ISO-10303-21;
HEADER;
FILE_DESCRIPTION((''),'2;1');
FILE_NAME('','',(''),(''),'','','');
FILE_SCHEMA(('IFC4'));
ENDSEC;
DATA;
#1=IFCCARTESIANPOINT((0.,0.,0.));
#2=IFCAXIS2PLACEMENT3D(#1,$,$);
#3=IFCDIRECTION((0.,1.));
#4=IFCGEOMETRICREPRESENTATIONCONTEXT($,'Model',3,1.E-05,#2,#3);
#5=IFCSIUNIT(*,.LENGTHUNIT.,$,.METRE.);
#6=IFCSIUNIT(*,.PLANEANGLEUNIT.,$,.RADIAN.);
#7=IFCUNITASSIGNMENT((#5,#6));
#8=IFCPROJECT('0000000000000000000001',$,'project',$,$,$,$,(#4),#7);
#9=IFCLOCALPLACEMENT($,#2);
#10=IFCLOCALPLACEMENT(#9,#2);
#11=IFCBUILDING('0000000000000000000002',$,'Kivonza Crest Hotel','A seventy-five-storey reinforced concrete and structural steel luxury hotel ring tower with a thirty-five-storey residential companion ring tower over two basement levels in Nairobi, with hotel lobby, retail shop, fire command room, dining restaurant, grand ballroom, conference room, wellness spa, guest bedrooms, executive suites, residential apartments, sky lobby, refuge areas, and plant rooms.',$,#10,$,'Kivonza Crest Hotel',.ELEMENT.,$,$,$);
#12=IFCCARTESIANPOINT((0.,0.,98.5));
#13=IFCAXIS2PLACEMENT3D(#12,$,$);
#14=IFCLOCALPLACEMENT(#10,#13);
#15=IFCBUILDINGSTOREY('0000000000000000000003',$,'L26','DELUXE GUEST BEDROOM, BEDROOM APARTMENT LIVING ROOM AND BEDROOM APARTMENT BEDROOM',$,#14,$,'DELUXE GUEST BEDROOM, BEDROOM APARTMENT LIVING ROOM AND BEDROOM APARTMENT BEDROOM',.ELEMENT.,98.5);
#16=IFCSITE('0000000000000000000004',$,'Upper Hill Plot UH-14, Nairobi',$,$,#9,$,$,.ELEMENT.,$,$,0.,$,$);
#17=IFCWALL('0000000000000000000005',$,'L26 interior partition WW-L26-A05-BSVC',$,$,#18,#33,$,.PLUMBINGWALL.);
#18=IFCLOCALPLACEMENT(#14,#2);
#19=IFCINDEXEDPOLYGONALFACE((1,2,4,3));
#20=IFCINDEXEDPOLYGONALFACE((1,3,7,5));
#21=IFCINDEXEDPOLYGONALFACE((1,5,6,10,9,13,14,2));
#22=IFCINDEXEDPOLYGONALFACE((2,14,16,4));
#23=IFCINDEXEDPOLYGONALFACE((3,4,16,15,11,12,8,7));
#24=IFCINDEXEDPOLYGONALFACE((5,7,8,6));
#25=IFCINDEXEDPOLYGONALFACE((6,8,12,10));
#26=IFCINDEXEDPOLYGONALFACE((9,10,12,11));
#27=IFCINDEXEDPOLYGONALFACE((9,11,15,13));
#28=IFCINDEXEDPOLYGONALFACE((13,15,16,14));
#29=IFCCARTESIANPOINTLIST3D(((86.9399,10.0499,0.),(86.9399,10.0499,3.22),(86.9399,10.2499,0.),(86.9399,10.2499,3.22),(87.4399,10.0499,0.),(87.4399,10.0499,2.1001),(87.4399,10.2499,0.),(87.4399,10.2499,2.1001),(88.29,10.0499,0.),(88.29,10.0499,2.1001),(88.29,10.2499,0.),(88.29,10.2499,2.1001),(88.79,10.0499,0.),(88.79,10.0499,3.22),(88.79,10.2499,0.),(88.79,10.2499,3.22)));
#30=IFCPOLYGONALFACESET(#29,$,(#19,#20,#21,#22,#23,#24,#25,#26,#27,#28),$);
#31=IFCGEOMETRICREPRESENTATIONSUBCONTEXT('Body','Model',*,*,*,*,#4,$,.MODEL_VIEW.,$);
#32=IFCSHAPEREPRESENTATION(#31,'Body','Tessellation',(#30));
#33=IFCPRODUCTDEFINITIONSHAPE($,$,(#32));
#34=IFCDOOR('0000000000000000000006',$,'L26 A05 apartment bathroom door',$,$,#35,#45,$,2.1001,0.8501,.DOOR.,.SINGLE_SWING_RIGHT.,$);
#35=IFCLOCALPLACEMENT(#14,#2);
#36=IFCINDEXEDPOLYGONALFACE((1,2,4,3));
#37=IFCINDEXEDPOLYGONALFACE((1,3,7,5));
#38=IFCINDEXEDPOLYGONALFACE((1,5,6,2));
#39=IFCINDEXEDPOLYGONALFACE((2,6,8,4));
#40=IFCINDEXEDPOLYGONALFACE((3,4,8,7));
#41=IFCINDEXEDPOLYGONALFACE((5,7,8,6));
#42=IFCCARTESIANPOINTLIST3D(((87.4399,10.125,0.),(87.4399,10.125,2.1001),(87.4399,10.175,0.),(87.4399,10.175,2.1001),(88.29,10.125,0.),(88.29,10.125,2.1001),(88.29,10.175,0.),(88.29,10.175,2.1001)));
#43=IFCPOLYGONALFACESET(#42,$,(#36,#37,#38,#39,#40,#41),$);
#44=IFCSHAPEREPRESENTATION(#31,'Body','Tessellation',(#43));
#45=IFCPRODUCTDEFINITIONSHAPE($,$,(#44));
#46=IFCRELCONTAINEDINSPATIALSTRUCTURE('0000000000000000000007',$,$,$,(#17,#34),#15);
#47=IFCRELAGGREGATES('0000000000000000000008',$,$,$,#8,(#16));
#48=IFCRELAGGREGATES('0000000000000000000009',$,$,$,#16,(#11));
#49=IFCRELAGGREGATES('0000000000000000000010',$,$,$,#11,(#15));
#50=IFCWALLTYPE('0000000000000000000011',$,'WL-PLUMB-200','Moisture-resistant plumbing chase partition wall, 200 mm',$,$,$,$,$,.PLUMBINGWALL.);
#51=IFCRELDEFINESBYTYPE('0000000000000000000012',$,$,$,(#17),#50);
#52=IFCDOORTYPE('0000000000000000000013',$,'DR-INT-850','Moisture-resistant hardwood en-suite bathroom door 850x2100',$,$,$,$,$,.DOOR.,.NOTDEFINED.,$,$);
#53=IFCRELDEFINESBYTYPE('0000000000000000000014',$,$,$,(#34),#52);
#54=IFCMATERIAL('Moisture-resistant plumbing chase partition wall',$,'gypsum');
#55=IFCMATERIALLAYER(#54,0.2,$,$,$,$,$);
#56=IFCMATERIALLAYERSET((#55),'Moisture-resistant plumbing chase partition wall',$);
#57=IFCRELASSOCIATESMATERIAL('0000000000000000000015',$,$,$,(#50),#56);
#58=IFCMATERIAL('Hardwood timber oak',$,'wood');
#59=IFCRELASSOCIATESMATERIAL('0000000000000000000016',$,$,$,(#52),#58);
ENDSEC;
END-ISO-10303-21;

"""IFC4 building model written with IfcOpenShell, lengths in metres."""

from ifc_helpers import new_model, si_unit, direction, frame, frame_2d, origin, place, context, subcontext, project, spatial, rectangle, extrude, material, layer, layer_set, type_object, element, fill, save


model = new_model("IFC4")

# Units and contexts
model_context = context("Model", 3, precision=1e-05, world=origin(), true_north=direction((0.0, 1.0)))
body_context = subcontext(model_context, "Body", "Model", "MODEL_VIEW")
ifc_project = project(units=[si_unit("LENGTHUNIT", "METRE"), si_unit("PLANEANGLEUNIT", "RADIAN")], contexts=[model_context])

# Site, building, storey
site_placement = place(None, origin())
site = spatial("IfcSite", under=ifc_project, at=site_placement, Name="Upper Hill Plot UH-14, Nairobi", CompositionType="ELEMENT", RefElevation=0.0)
building_placement = place(site_placement, origin())
building = spatial("IfcBuilding", under=site, at=building_placement, Name="Kivonza Crest Hotel", Description="A seventy-five-storey reinforced concrete and structural steel luxury hotel ring tower with a thirty-five-storey residential companion ring tower over two basement levels in Nairobi, with hotel lobby, retail shop, fire command room, dining restaurant, grand ballroom, conference room, wellness spa, guest bedrooms, executive suites, residential apartments, sky lobby, refuge areas, and plant rooms.", LongName="Kivonza Crest Hotel", CompositionType="ELEMENT")
storey_placement = place(building_placement, frame((0.0, 0.0, 98.5)))
storey = spatial("IfcBuildingStorey", under=building, at=storey_placement, Name="L26", Description="DELUXE GUEST BEDROOM, BEDROOM APARTMENT LIVING ROOM AND BEDROOM APARTMENT BEDROOM", LongName="DELUXE GUEST BEDROOM, BEDROOM APARTMENT LIVING ROOM AND BEDROOM APARTMENT BEDROOM", CompositionType="ELEMENT", Elevation=98.5)

# Shared definitions
ifc_material_1 = material(Name="Hardwood timber oak", Category="wood")

# Shared definitions
ifc_material_2 = material(Name="Moisture-resistant plumbing chase partition wall", Category="gypsum")
ifc_layer_1 = layer(ifc_material_2, 0.2)
ifc_layer_set_1 = layer_set([ifc_layer_1], Name="Moisture-resistant plumbing chase partition wall")
wall_type_1 = type_object("IfcWallType", Name="WL-PLUMB-200", Description="Moisture-resistant plumbing chase partition wall, 200 mm", PredefinedType="PLUMBINGWALL", material=ifc_layer_set_1)

# Wall, opening, door
wall_1_placement = place(storey_placement, frame((86.9399, 10.1499, 0.0), z_axis=(0.0, 0.0, 1.0), x_axis=(1.0, 0.0, 0.0)))
wall_1 = element("IfcWall", 1, at=wall_1_placement, inside=storey, type_object=wall_type_1, Name="L26 interior partition WW-L26-A05-BSVC", PredefinedType="PLUMBINGWALL", context=body_context, shape_type="SweptSolid", body=[
    extrude(rectangle(XDim=1.8501, YDim=0.2, at=frame_2d((0.925, 0.0))), origin(), (0.0, 0.0, 1.0), 3.22),
])
opening_1_placement = place(wall_1_placement, frame((0.5, 0.0, 0.0)))
opening_1 = element("IfcOpeningElement", 2, at=opening_1_placement, cuts=wall_1, PredefinedType="OPENING", context=body_context, shape_type="SweptSolid", body=[
    extrude(rectangle(XDim=0.8501, YDim=2.1001, at=frame_2d((0.425, 1.05))), frame((0.0, 0.1099, 0.0), z_axis=(0.0, -1.0, 0.0), x_axis=(1.0, 0.0, 0.0)), (0.0, 0.0, 1.0), 0.22),
])
door_type_1 = type_object("IfcDoorType", Name="DR-INT-850", Description="Moisture-resistant hardwood en-suite bathroom door 850x2100", OperationType="NOTDEFINED", PredefinedType="DOOR", material=ifc_material_1)
door_1_placement = place(opening_1_placement, frame((0.8501, 0.0, 0.0), z_axis=(0.0, 0.0, 1.0), x_axis=(-1.0, 0.0, 0.0)))
door_1 = element("IfcDoor", 3, at=door_1_placement, inside=storey, type_object=door_type_1, Name="L26 A05 apartment bathroom door", OperationType="SINGLE_SWING_RIGHT", OverallHeight=2.1001, OverallWidth=0.8501, PredefinedType="DOOR", context=body_context, shape_type="SweptSolid", body=[
    extrude(rectangle(XDim=0.8501, YDim=2.1001, at=frame_2d((0.425, 1.05))), frame((0.0, 0.0249, 0.0), z_axis=(0.0, -1.0, 0.0), x_axis=(1.0, 0.0, 0.0)), (0.0, 0.0, 1.0), 0.05),
])
fill(opening_1, door_1)

save(model, "model.ifc")
